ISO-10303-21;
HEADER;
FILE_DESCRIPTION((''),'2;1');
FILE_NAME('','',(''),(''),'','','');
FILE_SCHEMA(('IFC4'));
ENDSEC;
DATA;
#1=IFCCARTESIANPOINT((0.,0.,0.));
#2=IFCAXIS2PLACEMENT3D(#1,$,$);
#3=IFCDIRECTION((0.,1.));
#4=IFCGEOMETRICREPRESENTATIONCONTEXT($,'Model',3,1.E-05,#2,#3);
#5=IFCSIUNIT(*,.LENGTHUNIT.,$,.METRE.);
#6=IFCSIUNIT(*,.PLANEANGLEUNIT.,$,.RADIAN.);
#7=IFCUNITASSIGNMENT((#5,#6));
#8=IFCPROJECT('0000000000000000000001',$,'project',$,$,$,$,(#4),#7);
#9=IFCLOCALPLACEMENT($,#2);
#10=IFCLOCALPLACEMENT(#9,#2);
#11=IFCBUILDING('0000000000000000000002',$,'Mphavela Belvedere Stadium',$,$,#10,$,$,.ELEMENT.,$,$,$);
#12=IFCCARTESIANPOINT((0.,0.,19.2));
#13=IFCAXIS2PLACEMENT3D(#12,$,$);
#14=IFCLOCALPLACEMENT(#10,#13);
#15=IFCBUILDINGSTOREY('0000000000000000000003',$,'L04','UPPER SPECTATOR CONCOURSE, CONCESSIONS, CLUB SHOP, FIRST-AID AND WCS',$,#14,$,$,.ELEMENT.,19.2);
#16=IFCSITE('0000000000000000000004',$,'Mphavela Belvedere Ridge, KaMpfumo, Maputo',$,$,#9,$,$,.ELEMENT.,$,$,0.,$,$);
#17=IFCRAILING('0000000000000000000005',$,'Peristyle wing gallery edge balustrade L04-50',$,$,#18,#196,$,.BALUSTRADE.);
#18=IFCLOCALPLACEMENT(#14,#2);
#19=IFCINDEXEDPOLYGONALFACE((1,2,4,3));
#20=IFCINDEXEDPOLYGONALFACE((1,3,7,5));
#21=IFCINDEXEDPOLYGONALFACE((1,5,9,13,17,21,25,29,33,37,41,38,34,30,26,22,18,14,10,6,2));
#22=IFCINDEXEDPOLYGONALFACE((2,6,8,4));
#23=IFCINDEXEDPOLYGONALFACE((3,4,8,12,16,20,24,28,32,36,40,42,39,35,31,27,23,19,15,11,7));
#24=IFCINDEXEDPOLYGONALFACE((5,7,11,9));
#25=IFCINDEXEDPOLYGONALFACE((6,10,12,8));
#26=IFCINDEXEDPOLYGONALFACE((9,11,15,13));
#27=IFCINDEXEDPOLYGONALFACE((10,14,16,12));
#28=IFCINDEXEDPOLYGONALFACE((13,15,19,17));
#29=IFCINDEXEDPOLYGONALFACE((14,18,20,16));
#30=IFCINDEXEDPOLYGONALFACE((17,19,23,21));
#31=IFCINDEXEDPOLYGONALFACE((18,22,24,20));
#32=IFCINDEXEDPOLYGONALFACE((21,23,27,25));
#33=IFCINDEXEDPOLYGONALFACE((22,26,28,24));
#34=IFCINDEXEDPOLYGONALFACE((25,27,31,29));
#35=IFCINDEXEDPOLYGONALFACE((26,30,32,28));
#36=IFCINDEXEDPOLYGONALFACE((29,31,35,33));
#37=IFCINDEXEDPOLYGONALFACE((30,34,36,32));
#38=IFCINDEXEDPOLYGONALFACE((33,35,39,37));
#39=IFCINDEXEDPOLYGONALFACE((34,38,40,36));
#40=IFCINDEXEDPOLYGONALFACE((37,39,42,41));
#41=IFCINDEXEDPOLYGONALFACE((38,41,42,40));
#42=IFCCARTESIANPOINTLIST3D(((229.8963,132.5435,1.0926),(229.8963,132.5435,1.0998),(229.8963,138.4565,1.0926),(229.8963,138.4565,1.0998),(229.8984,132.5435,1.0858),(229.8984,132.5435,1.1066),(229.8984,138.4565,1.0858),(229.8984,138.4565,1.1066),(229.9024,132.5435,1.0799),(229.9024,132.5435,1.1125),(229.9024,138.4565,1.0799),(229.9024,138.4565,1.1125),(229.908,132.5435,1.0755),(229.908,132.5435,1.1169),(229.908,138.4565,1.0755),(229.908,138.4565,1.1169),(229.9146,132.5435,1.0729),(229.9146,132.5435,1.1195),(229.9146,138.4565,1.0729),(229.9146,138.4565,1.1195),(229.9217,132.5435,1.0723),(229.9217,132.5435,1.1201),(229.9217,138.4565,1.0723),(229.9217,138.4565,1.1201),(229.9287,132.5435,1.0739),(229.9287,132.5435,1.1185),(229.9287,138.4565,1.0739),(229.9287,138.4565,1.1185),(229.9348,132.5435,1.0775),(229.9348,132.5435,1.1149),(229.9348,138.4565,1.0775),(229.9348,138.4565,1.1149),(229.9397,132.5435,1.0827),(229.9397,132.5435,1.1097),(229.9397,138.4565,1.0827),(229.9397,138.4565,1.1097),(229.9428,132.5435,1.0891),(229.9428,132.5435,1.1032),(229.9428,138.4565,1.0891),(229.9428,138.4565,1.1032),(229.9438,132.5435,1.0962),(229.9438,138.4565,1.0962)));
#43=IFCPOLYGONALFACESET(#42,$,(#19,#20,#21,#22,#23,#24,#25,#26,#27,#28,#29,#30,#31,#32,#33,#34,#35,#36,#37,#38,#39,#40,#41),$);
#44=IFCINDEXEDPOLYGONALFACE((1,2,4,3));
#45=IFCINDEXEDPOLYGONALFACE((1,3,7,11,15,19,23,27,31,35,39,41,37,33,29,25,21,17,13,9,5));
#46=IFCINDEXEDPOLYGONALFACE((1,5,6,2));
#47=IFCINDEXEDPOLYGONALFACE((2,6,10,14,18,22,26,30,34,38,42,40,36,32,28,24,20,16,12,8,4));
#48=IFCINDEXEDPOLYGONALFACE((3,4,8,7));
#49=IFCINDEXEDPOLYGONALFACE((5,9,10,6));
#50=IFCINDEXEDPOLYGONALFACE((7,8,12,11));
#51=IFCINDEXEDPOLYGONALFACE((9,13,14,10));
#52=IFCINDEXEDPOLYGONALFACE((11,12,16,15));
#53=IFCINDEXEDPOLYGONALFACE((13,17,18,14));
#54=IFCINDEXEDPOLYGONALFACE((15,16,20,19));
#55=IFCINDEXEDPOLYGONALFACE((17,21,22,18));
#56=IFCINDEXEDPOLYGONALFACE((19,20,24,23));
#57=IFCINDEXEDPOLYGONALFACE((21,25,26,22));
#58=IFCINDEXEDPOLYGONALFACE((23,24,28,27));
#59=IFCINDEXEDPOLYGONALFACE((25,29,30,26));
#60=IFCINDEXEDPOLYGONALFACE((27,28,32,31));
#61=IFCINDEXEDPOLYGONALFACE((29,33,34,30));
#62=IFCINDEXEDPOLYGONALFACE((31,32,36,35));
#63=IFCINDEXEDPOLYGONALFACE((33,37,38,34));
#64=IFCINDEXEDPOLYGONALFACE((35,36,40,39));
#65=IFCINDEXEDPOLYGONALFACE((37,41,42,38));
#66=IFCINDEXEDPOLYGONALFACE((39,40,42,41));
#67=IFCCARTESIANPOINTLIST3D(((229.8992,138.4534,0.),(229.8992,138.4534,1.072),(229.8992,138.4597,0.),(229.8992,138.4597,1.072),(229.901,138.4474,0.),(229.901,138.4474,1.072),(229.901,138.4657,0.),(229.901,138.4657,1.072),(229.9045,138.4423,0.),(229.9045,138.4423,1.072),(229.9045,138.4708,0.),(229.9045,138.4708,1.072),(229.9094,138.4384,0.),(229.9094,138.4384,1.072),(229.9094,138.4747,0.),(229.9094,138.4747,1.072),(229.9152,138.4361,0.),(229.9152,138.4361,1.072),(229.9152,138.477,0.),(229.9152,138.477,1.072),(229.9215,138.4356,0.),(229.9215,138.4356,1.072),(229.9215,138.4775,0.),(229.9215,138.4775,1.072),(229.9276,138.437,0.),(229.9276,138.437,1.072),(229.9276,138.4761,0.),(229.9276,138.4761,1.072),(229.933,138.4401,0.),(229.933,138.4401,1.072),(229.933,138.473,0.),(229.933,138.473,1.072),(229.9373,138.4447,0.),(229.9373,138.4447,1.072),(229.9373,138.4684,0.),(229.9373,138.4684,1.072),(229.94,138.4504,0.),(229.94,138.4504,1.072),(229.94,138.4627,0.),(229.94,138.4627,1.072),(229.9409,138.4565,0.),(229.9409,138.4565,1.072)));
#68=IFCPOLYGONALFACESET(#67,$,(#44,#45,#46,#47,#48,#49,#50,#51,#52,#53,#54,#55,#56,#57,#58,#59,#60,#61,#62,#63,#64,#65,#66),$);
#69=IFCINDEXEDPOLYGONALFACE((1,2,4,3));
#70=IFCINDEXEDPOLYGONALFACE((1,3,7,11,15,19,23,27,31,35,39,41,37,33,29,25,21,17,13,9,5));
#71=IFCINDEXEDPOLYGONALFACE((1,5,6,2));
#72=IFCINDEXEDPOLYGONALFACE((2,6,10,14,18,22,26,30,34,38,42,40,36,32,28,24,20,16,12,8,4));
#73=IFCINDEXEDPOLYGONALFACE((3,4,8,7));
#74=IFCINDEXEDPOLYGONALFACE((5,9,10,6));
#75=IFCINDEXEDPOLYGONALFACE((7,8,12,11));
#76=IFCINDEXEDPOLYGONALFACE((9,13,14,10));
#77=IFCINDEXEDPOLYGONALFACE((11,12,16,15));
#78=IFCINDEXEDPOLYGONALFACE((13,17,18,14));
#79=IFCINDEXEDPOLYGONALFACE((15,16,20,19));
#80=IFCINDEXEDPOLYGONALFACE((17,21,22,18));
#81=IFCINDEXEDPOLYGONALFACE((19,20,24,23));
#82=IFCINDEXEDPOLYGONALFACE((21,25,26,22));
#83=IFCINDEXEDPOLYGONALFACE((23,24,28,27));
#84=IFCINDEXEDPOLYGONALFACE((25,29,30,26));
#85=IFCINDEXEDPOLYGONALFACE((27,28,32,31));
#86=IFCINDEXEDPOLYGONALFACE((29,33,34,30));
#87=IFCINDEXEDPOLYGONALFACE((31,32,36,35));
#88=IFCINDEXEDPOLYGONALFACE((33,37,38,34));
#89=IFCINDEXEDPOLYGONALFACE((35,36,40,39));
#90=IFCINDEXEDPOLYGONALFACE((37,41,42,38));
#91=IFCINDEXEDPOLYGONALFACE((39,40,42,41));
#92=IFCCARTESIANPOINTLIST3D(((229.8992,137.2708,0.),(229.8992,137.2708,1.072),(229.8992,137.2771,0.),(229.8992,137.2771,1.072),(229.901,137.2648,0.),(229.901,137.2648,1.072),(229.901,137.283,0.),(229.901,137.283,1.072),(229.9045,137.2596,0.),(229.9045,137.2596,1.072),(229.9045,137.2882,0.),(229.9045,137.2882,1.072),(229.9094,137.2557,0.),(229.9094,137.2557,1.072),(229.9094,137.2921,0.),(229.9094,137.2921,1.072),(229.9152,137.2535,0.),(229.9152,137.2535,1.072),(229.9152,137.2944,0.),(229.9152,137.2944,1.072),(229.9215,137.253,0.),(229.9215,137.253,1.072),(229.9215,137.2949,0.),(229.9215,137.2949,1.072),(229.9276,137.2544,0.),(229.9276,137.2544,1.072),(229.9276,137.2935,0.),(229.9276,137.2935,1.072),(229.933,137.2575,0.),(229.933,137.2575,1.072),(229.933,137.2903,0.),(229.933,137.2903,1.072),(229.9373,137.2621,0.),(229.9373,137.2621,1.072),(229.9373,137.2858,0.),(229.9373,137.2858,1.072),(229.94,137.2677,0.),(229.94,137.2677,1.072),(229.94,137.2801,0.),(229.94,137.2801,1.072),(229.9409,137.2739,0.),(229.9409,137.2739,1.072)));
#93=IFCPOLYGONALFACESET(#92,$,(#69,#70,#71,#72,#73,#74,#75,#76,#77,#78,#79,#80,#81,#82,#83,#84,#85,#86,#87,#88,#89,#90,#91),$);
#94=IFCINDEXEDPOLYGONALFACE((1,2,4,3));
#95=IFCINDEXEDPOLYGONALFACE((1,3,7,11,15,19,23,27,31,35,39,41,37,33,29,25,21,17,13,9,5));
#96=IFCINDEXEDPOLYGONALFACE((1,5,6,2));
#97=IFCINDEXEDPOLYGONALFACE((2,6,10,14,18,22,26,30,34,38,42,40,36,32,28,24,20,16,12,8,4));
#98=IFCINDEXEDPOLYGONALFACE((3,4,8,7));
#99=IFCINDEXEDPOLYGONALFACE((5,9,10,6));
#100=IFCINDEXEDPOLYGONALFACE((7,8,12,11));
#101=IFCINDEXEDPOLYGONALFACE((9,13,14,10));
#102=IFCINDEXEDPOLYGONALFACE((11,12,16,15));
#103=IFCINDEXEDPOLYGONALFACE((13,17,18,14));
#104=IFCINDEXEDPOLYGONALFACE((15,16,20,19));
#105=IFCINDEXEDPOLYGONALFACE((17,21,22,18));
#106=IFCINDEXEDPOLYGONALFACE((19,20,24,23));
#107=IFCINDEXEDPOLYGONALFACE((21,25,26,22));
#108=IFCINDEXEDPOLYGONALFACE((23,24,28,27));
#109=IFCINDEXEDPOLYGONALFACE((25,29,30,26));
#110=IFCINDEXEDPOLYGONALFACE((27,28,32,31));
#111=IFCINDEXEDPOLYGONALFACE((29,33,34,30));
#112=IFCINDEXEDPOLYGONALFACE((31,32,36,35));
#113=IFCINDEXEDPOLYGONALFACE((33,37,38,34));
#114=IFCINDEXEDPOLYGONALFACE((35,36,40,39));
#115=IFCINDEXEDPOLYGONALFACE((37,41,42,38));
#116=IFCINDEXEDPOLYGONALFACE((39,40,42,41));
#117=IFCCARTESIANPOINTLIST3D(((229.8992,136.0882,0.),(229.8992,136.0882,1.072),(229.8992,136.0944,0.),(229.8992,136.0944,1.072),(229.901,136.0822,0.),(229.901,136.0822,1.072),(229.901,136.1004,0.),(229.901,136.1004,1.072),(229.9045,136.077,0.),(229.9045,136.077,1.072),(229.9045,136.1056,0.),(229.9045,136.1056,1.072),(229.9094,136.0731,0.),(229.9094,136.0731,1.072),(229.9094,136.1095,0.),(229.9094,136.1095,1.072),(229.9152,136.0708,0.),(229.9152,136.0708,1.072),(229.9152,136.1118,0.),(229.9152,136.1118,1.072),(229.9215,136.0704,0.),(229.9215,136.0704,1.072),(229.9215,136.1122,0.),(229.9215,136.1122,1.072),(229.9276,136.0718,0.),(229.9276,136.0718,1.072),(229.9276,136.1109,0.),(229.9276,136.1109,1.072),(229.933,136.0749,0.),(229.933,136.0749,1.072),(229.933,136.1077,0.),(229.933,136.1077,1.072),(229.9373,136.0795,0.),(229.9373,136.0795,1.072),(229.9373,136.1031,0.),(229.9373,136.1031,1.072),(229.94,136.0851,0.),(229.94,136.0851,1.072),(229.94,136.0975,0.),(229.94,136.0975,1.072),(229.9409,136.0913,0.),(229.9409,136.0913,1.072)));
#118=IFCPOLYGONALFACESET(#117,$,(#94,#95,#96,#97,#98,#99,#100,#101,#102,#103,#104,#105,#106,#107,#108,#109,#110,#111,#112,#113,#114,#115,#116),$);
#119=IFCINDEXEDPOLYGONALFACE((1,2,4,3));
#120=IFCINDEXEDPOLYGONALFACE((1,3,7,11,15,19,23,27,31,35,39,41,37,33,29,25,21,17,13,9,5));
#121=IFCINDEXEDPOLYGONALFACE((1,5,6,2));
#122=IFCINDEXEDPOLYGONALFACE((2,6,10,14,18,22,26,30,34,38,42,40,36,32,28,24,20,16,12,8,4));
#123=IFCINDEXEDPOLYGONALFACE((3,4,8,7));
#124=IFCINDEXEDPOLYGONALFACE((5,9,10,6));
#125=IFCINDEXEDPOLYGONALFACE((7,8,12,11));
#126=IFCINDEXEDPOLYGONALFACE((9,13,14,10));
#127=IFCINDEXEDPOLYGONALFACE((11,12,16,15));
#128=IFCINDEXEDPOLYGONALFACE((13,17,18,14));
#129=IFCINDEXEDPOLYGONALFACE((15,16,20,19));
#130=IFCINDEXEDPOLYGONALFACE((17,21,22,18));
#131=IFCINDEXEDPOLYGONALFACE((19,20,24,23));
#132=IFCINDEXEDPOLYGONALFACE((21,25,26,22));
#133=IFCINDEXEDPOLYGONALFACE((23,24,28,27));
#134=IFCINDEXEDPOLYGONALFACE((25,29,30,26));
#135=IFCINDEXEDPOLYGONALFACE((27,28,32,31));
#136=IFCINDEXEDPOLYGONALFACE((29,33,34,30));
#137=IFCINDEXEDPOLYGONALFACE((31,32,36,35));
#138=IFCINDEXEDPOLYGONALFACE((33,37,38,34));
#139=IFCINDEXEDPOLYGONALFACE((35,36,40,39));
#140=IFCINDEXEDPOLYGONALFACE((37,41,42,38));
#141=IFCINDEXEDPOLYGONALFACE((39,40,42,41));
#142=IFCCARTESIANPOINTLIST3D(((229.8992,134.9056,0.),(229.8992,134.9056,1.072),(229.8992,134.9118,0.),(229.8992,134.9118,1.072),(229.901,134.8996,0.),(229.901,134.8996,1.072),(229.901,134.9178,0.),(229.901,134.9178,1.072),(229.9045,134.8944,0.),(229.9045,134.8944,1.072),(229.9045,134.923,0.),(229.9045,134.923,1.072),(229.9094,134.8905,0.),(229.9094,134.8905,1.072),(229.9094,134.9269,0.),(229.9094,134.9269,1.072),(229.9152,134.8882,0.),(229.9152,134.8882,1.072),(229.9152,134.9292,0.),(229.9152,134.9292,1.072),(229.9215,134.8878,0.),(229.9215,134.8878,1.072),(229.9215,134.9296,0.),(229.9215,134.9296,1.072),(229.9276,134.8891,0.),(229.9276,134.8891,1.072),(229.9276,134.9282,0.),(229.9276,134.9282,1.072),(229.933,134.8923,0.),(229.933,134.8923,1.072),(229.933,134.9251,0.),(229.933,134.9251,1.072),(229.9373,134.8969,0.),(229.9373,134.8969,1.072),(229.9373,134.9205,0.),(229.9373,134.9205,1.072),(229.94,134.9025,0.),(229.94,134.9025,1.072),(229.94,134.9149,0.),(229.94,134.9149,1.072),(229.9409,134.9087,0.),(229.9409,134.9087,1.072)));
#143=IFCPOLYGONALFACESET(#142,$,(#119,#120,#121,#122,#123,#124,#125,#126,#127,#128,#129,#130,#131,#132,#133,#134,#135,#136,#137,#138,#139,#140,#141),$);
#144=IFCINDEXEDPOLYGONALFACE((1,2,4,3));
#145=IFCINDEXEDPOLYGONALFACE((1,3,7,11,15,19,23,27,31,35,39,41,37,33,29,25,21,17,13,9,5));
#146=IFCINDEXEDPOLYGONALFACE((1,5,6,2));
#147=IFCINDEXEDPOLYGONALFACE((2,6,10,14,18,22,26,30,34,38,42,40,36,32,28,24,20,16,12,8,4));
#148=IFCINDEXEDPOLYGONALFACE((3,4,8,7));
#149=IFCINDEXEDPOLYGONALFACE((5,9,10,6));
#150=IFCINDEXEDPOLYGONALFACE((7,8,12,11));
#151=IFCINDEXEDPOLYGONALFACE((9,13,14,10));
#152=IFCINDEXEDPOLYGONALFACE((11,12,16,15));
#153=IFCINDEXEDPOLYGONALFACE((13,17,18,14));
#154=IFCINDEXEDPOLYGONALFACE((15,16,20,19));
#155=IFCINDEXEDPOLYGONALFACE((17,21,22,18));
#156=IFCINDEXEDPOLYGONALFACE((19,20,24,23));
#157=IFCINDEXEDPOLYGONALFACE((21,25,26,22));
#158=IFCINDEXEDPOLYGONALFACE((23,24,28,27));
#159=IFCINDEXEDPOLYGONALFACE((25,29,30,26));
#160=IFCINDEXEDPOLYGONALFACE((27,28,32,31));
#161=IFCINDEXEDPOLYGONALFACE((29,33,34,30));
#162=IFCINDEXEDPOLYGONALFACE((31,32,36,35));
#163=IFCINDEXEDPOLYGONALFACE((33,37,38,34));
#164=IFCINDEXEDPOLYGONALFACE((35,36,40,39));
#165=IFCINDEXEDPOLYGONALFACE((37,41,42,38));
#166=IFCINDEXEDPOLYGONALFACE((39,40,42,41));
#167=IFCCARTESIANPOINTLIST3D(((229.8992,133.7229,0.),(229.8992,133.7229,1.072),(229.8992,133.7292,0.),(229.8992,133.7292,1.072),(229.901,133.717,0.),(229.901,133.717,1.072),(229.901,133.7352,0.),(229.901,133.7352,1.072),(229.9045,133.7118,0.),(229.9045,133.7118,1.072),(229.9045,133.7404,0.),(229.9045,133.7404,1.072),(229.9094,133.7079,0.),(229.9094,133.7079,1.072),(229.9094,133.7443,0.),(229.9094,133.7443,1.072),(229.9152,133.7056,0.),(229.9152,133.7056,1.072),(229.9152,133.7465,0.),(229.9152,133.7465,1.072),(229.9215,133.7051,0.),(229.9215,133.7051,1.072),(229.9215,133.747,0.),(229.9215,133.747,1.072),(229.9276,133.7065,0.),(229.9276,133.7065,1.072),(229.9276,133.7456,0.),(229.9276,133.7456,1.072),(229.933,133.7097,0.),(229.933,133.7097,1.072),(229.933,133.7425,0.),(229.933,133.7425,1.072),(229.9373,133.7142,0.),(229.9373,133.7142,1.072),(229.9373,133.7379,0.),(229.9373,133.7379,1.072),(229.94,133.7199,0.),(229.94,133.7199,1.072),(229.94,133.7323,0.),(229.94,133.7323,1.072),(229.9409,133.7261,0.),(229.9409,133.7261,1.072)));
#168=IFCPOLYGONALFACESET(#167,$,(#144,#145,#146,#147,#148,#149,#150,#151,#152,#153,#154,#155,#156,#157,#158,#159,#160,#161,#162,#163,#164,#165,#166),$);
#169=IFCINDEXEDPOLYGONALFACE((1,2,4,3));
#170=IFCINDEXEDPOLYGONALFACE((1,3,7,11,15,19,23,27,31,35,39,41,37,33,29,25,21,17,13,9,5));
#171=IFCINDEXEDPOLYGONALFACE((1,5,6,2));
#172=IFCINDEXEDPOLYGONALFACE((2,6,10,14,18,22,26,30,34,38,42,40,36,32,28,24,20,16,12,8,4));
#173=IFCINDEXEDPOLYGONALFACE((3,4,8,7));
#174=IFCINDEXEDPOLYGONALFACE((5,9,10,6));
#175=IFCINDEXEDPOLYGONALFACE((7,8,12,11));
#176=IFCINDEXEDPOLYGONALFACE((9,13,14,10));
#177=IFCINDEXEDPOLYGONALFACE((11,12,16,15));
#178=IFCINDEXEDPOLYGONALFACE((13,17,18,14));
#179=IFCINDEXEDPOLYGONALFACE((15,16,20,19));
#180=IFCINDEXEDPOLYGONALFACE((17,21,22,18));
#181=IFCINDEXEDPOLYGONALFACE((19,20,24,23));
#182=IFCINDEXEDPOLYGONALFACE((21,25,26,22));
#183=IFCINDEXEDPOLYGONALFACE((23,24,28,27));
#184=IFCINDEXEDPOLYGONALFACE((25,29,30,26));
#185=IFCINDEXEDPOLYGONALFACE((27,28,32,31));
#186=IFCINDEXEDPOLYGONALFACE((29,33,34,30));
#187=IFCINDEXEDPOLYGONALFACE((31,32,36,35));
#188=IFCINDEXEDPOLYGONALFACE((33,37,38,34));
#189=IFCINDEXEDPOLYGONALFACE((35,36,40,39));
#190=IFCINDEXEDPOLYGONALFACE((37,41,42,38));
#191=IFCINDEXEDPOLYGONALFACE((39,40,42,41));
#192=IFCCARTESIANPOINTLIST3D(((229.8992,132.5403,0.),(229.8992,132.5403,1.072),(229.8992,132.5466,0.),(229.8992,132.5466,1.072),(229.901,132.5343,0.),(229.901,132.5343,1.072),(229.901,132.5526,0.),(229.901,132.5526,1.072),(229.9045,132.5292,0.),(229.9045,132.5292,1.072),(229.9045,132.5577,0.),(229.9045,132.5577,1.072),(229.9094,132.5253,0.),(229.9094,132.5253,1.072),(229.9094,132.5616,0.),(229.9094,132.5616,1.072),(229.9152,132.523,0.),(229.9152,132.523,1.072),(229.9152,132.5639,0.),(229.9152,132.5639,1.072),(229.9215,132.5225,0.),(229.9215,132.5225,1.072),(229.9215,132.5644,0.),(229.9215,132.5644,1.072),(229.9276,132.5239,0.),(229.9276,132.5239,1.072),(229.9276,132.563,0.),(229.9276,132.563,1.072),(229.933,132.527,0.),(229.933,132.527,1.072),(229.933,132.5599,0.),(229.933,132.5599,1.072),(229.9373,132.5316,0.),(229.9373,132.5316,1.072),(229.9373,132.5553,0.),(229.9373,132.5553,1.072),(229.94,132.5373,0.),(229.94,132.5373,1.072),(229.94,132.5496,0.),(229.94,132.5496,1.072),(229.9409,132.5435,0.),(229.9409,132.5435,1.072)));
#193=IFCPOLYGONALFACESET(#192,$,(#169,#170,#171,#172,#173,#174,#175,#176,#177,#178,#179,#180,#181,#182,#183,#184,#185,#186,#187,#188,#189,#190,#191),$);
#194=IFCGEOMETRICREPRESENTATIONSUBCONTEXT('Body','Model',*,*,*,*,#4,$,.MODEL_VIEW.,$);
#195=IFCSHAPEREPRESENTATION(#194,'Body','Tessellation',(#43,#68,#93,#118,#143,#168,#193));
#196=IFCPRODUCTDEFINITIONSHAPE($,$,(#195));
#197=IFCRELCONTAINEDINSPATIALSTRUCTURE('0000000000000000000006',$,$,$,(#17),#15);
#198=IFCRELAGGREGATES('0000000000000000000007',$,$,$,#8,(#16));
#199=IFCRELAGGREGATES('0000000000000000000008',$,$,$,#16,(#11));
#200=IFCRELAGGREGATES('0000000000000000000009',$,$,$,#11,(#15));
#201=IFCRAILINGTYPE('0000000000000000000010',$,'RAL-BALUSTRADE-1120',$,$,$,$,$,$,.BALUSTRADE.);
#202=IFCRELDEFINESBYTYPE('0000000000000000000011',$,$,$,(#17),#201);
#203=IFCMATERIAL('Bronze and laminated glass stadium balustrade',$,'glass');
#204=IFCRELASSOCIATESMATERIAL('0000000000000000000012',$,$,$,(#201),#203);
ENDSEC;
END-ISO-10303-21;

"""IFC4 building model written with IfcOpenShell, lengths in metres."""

from ifc_helpers import new_model, si_unit, direction, frame, origin, origin_2d, place, context, subcontext, project, spatial, circle, extrude, material, type_object, element, save


model = new_model("IFC4")

# Units and contexts
model_context = context("Model", 3, precision=1e-05, world=origin(), true_north=direction((0.0, 1.0)))
body_context = subcontext(model_context, "Body", "Model", "MODEL_VIEW")
ifc_project = project(units=[si_unit("LENGTHUNIT", "METRE"), si_unit("PLANEANGLEUNIT", "RADIAN")], contexts=[model_context])

# Site, building, storey
site_placement = place(None, origin())
site = spatial("IfcSite", under=ifc_project, at=site_placement, Name="Mphavela Belvedere Ridge, KaMpfumo, Maputo", CompositionType="ELEMENT", RefElevation=0.0)
building_placement = place(site_placement, origin())
building = spatial("IfcBuilding", under=site, at=building_placement, Name="Mphavela Belvedere Stadium", CompositionType="ELEMENT")
storey_placement = place(building_placement, frame((0.0, 0.0, 19.2)))
storey = spatial("IfcBuildingStorey", under=building, at=storey_placement, Name="L04", Description="UPPER SPECTATOR CONCOURSE, CONCESSIONS, CLUB SHOP, FIRST-AID AND WCS", CompositionType="ELEMENT", Elevation=19.2)

# Railing
ifc_material_1 = material(Name="Bronze and laminated glass stadium balustrade", Category="glass")
railing_type = type_object("IfcRailingType", Name="RAL-BALUSTRADE-1120", PredefinedType="BALUSTRADE", material=ifc_material_1)
for number, where, name in (
    (1, (229.9199, 138.4565, 0.0), "Peristyle wing gallery edge balustrade L04-50"),
):
    element("IfcRailing", number, at=place(storey_placement, frame(where)), inside=storey, type_object=railing_type, Name=name, PredefinedType="BALUSTRADE", context=body_context, shape_type="SweptSolid", body=[
        extrude(circle(Radius=0.0239, at=origin_2d()), frame((0.0, 0.0, 1.0962), z_axis=(0.0, -1.0, 0.0), x_axis=(1.0, 0.0, 0.0)), (0.0, 0.0, 1.0), 5.9131),
        extrude(circle(Radius=0.021, at=origin_2d()), origin(), (0.0, 0.0, 1.0), 1.072),
        extrude(circle(Radius=0.021, at=origin_2d()), frame((0.0, -1.1826, 0.0)), (0.0, 0.0, 1.0), 1.072),
        extrude(circle(Radius=0.021, at=origin_2d()), frame((0.0, -2.3652, 0.0)), (0.0, 0.0, 1.0), 1.072),
        extrude(circle(Radius=0.021, at=origin_2d()), frame((0.0, -3.5479, 0.0)), (0.0, 0.0, 1.0), 1.072),
        extrude(circle(Radius=0.021, at=origin_2d()), frame((0.0, -4.7305, 0.0)), (0.0, 0.0, 1.0), 1.072),
        extrude(circle(Radius=0.021, at=origin_2d()), frame((0.0, -5.9131, 0.0)), (0.0, 0.0, 1.0), 1.072),
    ])

save(model, "model.ifc")
